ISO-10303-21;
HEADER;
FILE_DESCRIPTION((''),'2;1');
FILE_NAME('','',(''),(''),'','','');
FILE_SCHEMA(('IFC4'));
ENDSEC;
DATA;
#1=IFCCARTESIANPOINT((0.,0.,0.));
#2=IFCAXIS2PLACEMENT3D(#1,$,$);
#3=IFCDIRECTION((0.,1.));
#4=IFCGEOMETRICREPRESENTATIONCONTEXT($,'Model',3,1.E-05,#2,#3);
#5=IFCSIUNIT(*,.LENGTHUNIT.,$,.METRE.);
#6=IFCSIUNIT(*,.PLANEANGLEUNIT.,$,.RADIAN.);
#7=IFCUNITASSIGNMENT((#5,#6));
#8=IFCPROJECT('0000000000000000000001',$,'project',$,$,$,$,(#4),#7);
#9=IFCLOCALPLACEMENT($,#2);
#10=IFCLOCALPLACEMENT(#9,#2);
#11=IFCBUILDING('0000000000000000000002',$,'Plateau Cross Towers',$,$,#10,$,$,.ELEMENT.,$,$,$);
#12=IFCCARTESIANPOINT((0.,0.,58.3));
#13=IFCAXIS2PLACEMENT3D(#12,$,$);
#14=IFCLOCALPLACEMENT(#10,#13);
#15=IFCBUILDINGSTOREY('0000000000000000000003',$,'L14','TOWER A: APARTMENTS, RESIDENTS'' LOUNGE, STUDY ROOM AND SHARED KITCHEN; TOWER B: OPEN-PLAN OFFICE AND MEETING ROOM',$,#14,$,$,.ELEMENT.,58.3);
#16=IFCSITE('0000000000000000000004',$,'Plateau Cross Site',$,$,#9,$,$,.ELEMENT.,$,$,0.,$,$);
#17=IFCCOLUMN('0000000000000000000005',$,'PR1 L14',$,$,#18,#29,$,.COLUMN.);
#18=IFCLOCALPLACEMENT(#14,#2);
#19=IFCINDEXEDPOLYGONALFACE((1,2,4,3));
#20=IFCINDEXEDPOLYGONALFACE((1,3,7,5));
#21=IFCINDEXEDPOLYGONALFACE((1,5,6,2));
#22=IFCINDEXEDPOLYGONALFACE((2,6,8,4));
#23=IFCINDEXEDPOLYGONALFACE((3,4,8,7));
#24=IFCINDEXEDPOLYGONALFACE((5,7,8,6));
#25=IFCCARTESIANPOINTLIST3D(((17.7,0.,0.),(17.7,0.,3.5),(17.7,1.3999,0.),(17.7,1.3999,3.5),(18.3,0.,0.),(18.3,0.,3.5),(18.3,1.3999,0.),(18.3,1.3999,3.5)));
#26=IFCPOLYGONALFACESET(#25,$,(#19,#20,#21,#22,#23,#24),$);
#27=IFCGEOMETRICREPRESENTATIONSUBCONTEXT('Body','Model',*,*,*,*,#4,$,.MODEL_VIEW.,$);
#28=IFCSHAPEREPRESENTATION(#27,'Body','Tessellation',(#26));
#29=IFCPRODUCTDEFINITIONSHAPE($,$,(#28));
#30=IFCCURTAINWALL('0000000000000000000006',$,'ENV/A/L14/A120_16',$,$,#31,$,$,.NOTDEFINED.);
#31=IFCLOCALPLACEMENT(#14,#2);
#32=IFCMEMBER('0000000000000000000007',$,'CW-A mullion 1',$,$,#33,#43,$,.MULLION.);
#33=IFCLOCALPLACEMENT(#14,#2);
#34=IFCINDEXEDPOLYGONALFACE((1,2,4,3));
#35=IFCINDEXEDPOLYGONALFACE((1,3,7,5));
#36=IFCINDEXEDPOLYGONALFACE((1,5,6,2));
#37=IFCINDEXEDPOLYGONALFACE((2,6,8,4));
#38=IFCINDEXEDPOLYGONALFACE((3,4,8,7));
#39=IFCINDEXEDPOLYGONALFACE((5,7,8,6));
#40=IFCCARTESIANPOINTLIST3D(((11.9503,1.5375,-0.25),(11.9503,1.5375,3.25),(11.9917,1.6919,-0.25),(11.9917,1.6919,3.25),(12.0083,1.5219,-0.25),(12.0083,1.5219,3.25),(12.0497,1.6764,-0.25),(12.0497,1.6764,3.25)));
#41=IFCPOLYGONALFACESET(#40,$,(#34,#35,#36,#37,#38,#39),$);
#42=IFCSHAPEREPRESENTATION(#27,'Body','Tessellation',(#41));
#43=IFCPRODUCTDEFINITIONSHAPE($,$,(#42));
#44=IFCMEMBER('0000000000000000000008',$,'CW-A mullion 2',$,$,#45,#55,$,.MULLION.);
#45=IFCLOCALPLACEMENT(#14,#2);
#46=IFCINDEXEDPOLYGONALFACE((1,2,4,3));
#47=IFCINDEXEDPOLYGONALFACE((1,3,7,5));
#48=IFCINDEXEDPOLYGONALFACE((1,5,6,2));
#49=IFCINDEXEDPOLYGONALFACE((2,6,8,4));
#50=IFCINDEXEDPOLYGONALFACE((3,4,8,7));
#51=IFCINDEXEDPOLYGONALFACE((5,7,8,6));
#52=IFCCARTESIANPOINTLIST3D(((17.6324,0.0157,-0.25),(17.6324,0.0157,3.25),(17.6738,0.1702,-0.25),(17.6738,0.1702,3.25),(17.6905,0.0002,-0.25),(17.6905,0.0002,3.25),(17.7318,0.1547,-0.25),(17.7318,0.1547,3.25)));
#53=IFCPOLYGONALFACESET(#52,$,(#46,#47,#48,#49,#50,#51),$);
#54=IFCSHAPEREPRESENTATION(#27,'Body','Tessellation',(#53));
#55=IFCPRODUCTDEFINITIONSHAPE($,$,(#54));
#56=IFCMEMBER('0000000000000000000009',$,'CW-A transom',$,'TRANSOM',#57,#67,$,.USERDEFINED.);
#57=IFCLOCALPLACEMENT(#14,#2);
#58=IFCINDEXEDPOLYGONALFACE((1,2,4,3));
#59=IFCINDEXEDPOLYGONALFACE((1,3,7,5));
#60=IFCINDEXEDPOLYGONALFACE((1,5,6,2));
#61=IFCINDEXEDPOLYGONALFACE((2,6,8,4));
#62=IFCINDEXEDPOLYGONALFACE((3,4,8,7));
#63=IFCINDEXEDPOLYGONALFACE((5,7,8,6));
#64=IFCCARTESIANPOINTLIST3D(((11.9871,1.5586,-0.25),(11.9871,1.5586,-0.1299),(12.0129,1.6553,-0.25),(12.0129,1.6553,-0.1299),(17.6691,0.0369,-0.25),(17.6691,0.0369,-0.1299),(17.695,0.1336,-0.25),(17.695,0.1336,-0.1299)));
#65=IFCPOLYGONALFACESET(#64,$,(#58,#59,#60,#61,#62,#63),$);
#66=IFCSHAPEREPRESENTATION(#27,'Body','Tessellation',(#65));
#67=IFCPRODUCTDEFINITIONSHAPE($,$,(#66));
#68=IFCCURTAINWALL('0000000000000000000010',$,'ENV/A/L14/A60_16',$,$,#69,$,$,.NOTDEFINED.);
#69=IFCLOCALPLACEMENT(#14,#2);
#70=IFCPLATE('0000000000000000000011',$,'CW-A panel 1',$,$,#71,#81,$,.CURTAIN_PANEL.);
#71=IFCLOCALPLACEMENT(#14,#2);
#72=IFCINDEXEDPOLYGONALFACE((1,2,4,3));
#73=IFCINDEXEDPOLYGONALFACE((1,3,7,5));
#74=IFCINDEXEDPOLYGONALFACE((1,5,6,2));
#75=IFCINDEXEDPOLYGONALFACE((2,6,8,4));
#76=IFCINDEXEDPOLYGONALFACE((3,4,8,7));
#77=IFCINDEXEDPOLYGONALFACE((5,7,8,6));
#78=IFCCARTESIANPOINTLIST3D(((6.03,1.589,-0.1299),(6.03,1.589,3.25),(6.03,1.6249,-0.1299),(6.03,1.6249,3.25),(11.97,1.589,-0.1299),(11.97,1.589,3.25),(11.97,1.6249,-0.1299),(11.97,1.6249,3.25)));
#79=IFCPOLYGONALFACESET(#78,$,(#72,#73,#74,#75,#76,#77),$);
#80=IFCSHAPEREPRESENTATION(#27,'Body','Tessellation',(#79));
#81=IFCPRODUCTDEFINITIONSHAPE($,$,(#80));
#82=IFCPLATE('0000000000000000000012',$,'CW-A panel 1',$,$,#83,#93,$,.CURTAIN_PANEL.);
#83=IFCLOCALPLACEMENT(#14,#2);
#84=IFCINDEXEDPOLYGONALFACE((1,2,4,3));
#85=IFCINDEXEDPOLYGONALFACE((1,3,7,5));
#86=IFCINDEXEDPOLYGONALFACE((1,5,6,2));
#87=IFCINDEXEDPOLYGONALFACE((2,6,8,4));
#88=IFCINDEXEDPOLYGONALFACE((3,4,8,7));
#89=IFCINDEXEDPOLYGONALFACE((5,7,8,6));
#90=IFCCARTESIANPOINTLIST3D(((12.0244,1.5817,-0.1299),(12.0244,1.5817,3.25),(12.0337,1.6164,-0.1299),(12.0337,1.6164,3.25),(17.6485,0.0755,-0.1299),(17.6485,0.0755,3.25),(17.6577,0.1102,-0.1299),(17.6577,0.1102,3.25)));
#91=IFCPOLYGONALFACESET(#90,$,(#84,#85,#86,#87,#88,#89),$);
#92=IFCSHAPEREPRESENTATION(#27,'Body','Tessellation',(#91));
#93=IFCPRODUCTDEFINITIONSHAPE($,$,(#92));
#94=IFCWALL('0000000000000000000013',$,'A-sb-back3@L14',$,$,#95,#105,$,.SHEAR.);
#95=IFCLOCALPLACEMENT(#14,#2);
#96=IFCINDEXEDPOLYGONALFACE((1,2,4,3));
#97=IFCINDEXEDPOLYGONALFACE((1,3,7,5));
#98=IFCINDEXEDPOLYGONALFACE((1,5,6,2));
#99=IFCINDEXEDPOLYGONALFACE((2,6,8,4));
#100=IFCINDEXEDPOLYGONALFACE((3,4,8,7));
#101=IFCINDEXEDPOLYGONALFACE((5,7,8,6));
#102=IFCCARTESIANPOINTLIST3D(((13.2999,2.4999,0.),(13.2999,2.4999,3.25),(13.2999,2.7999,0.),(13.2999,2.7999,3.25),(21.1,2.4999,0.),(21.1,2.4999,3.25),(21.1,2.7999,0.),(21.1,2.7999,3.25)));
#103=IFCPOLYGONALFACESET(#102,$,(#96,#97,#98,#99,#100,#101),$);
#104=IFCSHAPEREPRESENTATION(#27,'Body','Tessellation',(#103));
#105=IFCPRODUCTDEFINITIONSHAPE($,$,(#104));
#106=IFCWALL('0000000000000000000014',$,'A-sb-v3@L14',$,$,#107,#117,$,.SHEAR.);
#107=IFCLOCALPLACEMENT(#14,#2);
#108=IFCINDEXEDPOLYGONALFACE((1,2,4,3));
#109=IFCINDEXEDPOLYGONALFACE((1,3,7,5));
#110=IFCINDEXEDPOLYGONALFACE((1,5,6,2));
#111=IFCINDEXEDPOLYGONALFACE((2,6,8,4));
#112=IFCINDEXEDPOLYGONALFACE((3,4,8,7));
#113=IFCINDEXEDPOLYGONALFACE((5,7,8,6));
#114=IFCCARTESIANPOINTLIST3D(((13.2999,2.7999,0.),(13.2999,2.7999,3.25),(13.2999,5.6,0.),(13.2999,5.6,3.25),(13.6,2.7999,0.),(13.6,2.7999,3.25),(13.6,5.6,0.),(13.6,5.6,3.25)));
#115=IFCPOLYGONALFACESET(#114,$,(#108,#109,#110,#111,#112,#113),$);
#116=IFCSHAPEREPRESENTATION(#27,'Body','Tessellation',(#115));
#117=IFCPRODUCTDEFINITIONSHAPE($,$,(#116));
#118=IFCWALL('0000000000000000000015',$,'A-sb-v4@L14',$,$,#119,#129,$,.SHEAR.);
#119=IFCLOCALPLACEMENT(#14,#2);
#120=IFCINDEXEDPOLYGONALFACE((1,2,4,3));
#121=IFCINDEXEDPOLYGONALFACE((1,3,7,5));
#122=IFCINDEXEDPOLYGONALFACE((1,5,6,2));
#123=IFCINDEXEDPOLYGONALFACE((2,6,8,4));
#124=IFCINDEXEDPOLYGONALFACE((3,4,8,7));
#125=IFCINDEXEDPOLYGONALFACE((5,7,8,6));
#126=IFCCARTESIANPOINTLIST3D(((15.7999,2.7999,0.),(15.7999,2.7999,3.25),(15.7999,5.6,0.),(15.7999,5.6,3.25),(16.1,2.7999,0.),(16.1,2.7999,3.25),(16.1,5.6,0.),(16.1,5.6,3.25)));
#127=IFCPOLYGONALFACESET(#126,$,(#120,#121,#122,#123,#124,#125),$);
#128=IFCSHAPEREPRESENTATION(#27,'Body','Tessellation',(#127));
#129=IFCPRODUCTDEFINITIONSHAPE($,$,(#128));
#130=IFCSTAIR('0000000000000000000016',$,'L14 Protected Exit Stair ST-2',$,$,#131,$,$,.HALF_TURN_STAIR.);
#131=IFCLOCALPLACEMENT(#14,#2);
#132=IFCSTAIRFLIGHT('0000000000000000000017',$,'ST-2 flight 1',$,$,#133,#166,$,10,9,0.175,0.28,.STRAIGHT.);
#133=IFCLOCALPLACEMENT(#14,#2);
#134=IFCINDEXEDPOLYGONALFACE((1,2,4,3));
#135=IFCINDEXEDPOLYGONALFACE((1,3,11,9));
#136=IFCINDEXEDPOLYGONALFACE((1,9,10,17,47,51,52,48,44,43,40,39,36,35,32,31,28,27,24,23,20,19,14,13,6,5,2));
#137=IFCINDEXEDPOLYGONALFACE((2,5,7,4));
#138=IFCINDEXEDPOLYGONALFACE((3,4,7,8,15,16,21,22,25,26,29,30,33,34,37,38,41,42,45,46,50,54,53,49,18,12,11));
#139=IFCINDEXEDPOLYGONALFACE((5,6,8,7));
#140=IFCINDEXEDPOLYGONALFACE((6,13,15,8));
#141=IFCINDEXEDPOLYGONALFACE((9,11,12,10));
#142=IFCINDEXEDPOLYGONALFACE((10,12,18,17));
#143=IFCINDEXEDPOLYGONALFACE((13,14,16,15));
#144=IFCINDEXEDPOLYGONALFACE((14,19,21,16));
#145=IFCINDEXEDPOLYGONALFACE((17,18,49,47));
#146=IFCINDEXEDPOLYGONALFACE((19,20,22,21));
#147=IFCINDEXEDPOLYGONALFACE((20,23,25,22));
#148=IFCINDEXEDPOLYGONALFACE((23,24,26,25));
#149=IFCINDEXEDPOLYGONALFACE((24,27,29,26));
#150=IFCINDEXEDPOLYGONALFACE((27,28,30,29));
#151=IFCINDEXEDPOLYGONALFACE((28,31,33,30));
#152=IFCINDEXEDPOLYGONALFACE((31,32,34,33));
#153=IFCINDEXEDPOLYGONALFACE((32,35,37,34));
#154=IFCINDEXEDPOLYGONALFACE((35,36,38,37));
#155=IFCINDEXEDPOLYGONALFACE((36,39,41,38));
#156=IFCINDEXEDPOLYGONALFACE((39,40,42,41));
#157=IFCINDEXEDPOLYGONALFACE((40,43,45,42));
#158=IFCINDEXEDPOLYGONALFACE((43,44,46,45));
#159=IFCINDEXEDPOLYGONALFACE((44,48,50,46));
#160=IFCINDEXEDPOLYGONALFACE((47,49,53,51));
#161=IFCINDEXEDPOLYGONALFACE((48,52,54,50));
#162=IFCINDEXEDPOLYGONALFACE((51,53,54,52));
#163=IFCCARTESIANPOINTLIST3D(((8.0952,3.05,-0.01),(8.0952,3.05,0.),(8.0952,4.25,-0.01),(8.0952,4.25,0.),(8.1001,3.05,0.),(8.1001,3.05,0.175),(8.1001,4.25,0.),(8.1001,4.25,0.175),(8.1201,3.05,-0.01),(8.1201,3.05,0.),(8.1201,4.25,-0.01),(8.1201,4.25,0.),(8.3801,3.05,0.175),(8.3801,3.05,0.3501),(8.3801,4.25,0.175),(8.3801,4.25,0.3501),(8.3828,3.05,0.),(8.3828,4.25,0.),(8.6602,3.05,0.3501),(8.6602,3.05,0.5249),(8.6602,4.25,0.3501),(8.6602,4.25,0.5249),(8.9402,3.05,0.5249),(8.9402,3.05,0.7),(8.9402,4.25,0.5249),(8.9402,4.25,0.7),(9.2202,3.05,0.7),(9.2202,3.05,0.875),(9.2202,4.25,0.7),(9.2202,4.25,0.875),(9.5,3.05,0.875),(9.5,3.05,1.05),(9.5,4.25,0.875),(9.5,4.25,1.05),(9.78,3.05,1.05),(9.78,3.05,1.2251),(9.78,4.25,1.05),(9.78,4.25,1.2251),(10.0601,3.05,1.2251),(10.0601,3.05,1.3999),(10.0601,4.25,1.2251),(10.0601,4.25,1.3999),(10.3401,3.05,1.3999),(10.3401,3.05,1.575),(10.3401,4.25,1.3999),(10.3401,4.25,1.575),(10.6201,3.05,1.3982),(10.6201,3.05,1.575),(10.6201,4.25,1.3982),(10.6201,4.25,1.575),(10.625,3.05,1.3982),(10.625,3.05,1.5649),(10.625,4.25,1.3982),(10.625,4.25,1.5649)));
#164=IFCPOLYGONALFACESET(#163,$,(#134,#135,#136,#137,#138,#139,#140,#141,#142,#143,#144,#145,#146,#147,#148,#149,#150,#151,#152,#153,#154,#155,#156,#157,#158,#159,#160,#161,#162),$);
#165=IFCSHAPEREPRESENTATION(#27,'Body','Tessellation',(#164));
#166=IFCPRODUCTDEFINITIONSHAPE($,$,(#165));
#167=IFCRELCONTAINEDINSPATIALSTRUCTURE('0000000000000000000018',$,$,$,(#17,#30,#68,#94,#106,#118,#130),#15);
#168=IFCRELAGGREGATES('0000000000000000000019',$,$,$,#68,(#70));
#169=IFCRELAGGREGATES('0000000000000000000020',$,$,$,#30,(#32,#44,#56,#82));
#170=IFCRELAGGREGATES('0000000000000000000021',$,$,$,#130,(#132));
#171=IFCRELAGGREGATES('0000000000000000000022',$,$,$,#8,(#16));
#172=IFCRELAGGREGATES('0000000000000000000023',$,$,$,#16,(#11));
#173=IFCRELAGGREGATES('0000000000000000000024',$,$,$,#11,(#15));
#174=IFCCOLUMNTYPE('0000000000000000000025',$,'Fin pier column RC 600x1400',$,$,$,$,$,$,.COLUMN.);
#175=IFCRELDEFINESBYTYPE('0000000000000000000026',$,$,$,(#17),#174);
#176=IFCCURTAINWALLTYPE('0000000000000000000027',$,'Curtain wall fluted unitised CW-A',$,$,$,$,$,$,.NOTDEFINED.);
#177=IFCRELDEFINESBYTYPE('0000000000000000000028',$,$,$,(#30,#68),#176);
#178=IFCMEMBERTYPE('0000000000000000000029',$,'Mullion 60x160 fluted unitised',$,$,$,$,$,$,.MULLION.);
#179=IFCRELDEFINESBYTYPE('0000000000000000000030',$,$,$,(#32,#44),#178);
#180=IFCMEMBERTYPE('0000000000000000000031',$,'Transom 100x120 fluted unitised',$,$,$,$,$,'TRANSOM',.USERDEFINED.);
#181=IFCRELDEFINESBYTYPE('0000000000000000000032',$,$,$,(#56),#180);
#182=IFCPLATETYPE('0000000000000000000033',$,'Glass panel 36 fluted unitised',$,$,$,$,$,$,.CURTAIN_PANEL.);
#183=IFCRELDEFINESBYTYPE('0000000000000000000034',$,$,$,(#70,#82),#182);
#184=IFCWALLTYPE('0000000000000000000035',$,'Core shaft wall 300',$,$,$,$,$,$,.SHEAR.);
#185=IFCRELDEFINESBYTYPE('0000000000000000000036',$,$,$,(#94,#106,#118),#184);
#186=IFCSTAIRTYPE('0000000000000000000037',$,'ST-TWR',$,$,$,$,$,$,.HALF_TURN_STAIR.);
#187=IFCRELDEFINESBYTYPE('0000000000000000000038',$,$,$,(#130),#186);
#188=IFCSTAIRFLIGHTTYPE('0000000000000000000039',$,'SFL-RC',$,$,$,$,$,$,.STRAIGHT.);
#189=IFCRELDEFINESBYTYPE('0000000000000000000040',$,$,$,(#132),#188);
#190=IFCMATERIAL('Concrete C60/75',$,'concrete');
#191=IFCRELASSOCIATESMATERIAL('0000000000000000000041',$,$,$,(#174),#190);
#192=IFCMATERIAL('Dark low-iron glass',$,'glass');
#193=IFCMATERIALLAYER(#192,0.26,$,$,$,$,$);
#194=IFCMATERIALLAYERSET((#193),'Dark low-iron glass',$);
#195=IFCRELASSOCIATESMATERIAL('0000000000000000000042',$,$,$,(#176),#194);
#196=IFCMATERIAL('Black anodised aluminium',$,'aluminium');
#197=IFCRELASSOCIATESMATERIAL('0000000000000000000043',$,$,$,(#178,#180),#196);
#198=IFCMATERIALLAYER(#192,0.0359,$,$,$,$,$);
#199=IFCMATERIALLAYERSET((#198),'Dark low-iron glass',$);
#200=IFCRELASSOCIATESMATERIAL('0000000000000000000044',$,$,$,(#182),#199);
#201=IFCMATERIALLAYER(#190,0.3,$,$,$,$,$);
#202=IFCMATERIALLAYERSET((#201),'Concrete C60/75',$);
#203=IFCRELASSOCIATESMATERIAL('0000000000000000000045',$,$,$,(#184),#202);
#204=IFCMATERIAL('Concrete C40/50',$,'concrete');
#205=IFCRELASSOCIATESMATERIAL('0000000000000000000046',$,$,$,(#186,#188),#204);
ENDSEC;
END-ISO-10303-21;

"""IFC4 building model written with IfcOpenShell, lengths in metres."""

from ifc_helpers import new_model, si_unit, direction, frame, frame_2d, origin, origin_2d, place, context, subcontext, project, spatial, polyline, rectangle, outline, extrude, material, layer, layer_set, material_profile, profile_set, type_object, element, aggregate, save


model = new_model("IFC4")

# Units and contexts
model_context = context("Model", 3, precision=1e-05, world=origin(), true_north=direction((0.0, 1.0)))
body_context = subcontext(model_context, "Body", "Model", "MODEL_VIEW")
ifc_project = project(units=[si_unit("LENGTHUNIT", "METRE"), si_unit("PLANEANGLEUNIT", "RADIAN")], contexts=[model_context])

# Site, building, storey
site_placement = place(None, origin())
site = spatial("IfcSite", under=ifc_project, at=site_placement, Name="Plateau Cross Site", CompositionType="ELEMENT", RefElevation=0.0)
building_placement = place(site_placement, origin())
building = spatial("IfcBuilding", under=site, at=building_placement, Name="Plateau Cross Towers", CompositionType="ELEMENT")
storey_placement = place(building_placement, frame((0.0, 0.0, 58.3)))
storey = spatial("IfcBuildingStorey", under=building, at=storey_placement, Name="L14", Description="TOWER A: APARTMENTS, RESIDENTS' LOUNGE, STUDY ROOM AND SHARED KITCHEN; TOWER B: OPEN-PLAN OFFICE AND MEETING ROOM", CompositionType="ELEMENT", Elevation=58.3)

# Column
ifc_material_1 = material(Name="Concrete C60/75", Category="concrete")
ifc_material_profile_1 = material_profile(ifc_material_1, rectangle(XDim=0.6001, YDim=1.3999, at=origin_2d()), Name="RC 600x1400")
ifc_profile_set_1 = profile_set([ifc_material_profile_1], Name="Concrete C60/75")
column_type = type_object("IfcColumnType", Name="Fin pier column RC 600x1400", PredefinedType="COLUMN", material=ifc_profile_set_1)
column_placement = place(storey_placement, frame((18.0, 0.7, 0.0), z_axis=(0.0, 0.0, 1.0), x_axis=(1.0, 0.0, 0.0)))
element("IfcColumn", 1, at=column_placement, inside=storey, type_object=column_type, Name="PR1 L14", PredefinedType="COLUMN", context=body_context, shape_type="SweptSolid", body=[
    extrude(rectangle(XDim=0.6001, YDim=1.3999, at=origin_2d()), origin(), (0.0, 0.0, 1.0), 3.5),
])

# Curtain wall, members
ifc_material_2 = material(Name="Dark low-iron glass", Category="glass")
ifc_layer_1 = layer(ifc_material_2, 0.26)
ifc_layer_set_1 = layer_set([ifc_layer_1], Name="Dark low-iron glass")
curtain_wall_type = type_object("IfcCurtainWallType", Name="Curtain wall fluted unitised CW-A", PredefinedType="NOTDEFINED", material=ifc_layer_set_1)
curtain_wall_1_placement = place(storey_placement, origin())
curtain_wall_1 = element("IfcCurtainWall", 2, at=curtain_wall_1_placement, inside=storey, type_object=curtain_wall_type, Name="ENV/A/L14/A120_16", PredefinedType="NOTDEFINED")
ifc_material_3 = material(Name="Black anodised aluminium", Category="aluminium")
ifc_material_profile_2 = material_profile(ifc_material_3, rectangle(XDim=0.0601, YDim=0.1599, at=origin_2d()), Name="MULLION 60x160")
ifc_profile_set_2 = profile_set([ifc_material_profile_2], Name="Black anodised aluminium")
member_type_1 = type_object("IfcMemberType", Name="Mullion 60x160 fluted unitised", PredefinedType="MULLION", material=ifc_profile_set_2)
member_1_placement = place(storey_placement, frame((12.0, 1.6069, -0.25), z_axis=(0.0, 0.0, 1.0), x_axis=(0.965958, -0.258699, 0.0)))
member_1 = element("IfcMember", 3, at=member_1_placement, type_object=member_type_1, Name="CW-A mullion 1", PredefinedType="MULLION", context=body_context, shape_type="SweptSolid", body=[
    extrude(rectangle(XDim=0.0601, YDim=0.1599, at=origin_2d()), origin(), (0.0, 0.0, 1.0), 3.5),
])
member_2_placement = place(storey_placement, frame((17.6821, 0.0852, -0.25), z_axis=(0.0, 0.0, 1.0), x_axis=(0.965958, -0.258699, 0.0)))
member_2 = element("IfcMember", 4, at=member_2_placement, type_object=member_type_1, Name="CW-A mullion 2", PredefinedType="MULLION", context=body_context, shape_type="SweptSolid", body=[
    extrude(rectangle(XDim=0.0601, YDim=0.1599, at=origin_2d()), origin(), (0.0, 0.0, 1.0), 3.5),
])
ifc_material_profile_3 = material_profile(ifc_material_3, rectangle(XDim=0.1001, YDim=0.1201, at=origin_2d()), Name="TRANSOM 100x120")
ifc_profile_set_3 = profile_set([ifc_material_profile_3], Name="Black anodised aluminium")
member_type_2 = type_object("IfcMemberType", Name="Transom 100x120 fluted unitised", ElementType="TRANSOM", PredefinedType="USERDEFINED", material=ifc_profile_set_3)
member_3_placement = place(storey_placement, frame((12.0, 1.6069, -0.1899), z_axis=(0.96596, -0.258693, 0.0), x_axis=(0.258693, 0.96596, 0.0)))
member_3 = element("IfcMember", 5, at=member_3_placement, type_object=member_type_2, Name="CW-A transom", ObjectType="TRANSOM", PredefinedType="USERDEFINED", context=body_context, shape_type="SweptSolid", body=[
    extrude(rectangle(XDim=0.1001, YDim=0.1201, at=origin_2d()), origin(), (0.0, 0.0, 1.0), 5.8823),
])

# Curtain wall, plate
curtain_wall_2_placement = place(storey_placement, origin())
curtain_wall_2 = element("IfcCurtainWall", 6, at=curtain_wall_2_placement, inside=storey, type_object=curtain_wall_type, Name="ENV/A/L14/A60_16", PredefinedType="NOTDEFINED")
ifc_layer_2 = layer(ifc_material_2, 0.0359)
ifc_layer_set_2 = layer_set([ifc_layer_2], Name="Dark low-iron glass")
plate_type = type_object("IfcPlateType", Name="Glass panel 36 fluted unitised", PredefinedType="CURTAIN_PANEL", material=ifc_layer_set_2)
plate_1_placement = place(storey_placement, frame((9.0, 1.6069, -0.1299), z_axis=(0.0, 0.0, 1.0), x_axis=(1.0, 0.0, 0.0)))
plate_1 = element("IfcPlate", 7, at=plate_1_placement, type_object=plate_type, Name="CW-A panel 1", PredefinedType="CURTAIN_PANEL", context=body_context, shape_type="SweptSolid", body=[
    extrude(rectangle(XDim=5.9399, YDim=0.0359, at=origin_2d()), origin(), (0.0, 0.0, 1.0), 3.3799),
])
aggregate(curtain_wall_2, [plate_1])

# Plate
plate_2_placement = place(storey_placement, frame((14.8411, 0.8459, -0.1299), z_axis=(0.0, 0.0, 1.0), x_axis=(0.965958, -0.258699, 0.0)))
plate_2 = element("IfcPlate", 8, at=plate_2_placement, type_object=plate_type, Name="CW-A panel 1", PredefinedType="CURTAIN_PANEL", context=body_context, shape_type="SweptSolid", body=[
    extrude(rectangle(XDim=5.8223, YDim=0.0359, at=origin_2d()), origin(), (0.0, 0.0, 1.0), 3.3799),
])
aggregate(curtain_wall_1, [member_1, member_2, member_3, plate_2])

# Walls
ifc_layer_3 = layer(ifc_material_1, 0.3)
ifc_layer_set_3 = layer_set([ifc_layer_3], Name="Concrete C60/75")
wall_type = type_object("IfcWallType", Name="Core shaft wall 300", PredefinedType="SHEAR", material=ifc_layer_set_3)
wall_placement = place(storey_placement, frame((13.3, 2.6499, 0.0), z_axis=(0.0, 0.0, 1.0), x_axis=(1.0, 0.0, 0.0)))
element("IfcWall", 9, at=wall_placement, inside=storey, type_object=wall_type, Name="A-sb-back3@L14", PredefinedType="SHEAR", context=body_context, shape_type="SweptSolid", body=[
    extrude(rectangle(XDim=7.8, YDim=0.3, at=frame_2d((3.8999, 0.0))), origin(), (0.0, 0.0, 1.0), 3.25),
])
for number, where, z_axis, x_axis, name in (
    (10, (13.45, 2.8, 0.0), (0.0, 0.0, 1.0), (0.0, 1.0, 0.0), "A-sb-v3@L14"),
    (11, (15.95, 2.8, 0.0), (0.0, 0.0, 1.0), (0.0, 1.0, 0.0), "A-sb-v4@L14"),
):
    element("IfcWall", number, at=place(storey_placement, frame(where, z_axis=z_axis, x_axis=x_axis)), inside=storey, type_object=wall_type, Name=name, PredefinedType="SHEAR", context=body_context, shape_type="SweptSolid", body=[
        extrude(rectangle(XDim=2.8, YDim=0.3, at=frame_2d((1.3999, 0.0))), origin(), (0.0, 0.0, 1.0), 3.25),
    ])

# Stair, stair flight
ifc_material_4 = material(Name="Concrete C40/50", Category="concrete")
stair_type = type_object("IfcStairType", Name="ST-TWR", PredefinedType="HALF_TURN_STAIR", material=ifc_material_4)
stair_placement = place(storey_placement, origin())
stair = element("IfcStair", 12, at=stair_placement, inside=storey, type_object=stair_type, Name="L14 Protected Exit Stair ST-2", PredefinedType="HALF_TURN_STAIR")
stair_flight_type = type_object("IfcStairFlightType", Name="SFL-RC", PredefinedType="STRAIGHT", material=ifc_material_4)
stair_flight_placement = place(storey_placement, frame((8.1001, 3.6499, 0.0), z_axis=(0.0, 0.0, 1.0), x_axis=(1.0, 0.0, 0.0)))
stair_flight = element("IfcStairFlight", 13, at=stair_flight_placement, type_object=stair_flight_type, Name="ST-2 flight 1", NumberOfRisers=10, NumberOfTreads=9, PredefinedType="STRAIGHT", RiserHeight=0.175, TreadLength=0.28, context=body_context, shape_type="SweptSolid", body=[
    extrude(outline(polyline([(-0.0049, -0.01), (-0.0049, 0.0), (0.0, 0.0), (0.0, 0.175), (0.28, 0.175), (0.28, 0.3501), (0.5601, 0.3501), (0.5601, 0.5249), (0.8401, 0.5249), (0.8401, 0.7), (1.1201, 0.7), (1.1201, 0.875), (1.3999, 0.875), (1.3999, 1.05), (1.6799, 1.05), (1.6799, 1.2251), (1.96, 1.2251), (1.96, 1.3999), (2.24, 1.3999), (2.24, 1.575), (2.52, 1.575), (2.5249, 1.5649), (2.5249, 1.3982), (2.52, 1.3982), (0.2827, 0.0), (0.02, 0.0), (0.02, -0.01), (-0.0049, -0.01)])), frame((0.0, 0.6001, 0.0), z_axis=(0.0, -1.0, 0.0), x_axis=(1.0, 0.0, 0.0)), (0.0, 0.0, 1.0), 1.2),
])
aggregate(stair, [stair_flight])

save(model, "model.ifc")
